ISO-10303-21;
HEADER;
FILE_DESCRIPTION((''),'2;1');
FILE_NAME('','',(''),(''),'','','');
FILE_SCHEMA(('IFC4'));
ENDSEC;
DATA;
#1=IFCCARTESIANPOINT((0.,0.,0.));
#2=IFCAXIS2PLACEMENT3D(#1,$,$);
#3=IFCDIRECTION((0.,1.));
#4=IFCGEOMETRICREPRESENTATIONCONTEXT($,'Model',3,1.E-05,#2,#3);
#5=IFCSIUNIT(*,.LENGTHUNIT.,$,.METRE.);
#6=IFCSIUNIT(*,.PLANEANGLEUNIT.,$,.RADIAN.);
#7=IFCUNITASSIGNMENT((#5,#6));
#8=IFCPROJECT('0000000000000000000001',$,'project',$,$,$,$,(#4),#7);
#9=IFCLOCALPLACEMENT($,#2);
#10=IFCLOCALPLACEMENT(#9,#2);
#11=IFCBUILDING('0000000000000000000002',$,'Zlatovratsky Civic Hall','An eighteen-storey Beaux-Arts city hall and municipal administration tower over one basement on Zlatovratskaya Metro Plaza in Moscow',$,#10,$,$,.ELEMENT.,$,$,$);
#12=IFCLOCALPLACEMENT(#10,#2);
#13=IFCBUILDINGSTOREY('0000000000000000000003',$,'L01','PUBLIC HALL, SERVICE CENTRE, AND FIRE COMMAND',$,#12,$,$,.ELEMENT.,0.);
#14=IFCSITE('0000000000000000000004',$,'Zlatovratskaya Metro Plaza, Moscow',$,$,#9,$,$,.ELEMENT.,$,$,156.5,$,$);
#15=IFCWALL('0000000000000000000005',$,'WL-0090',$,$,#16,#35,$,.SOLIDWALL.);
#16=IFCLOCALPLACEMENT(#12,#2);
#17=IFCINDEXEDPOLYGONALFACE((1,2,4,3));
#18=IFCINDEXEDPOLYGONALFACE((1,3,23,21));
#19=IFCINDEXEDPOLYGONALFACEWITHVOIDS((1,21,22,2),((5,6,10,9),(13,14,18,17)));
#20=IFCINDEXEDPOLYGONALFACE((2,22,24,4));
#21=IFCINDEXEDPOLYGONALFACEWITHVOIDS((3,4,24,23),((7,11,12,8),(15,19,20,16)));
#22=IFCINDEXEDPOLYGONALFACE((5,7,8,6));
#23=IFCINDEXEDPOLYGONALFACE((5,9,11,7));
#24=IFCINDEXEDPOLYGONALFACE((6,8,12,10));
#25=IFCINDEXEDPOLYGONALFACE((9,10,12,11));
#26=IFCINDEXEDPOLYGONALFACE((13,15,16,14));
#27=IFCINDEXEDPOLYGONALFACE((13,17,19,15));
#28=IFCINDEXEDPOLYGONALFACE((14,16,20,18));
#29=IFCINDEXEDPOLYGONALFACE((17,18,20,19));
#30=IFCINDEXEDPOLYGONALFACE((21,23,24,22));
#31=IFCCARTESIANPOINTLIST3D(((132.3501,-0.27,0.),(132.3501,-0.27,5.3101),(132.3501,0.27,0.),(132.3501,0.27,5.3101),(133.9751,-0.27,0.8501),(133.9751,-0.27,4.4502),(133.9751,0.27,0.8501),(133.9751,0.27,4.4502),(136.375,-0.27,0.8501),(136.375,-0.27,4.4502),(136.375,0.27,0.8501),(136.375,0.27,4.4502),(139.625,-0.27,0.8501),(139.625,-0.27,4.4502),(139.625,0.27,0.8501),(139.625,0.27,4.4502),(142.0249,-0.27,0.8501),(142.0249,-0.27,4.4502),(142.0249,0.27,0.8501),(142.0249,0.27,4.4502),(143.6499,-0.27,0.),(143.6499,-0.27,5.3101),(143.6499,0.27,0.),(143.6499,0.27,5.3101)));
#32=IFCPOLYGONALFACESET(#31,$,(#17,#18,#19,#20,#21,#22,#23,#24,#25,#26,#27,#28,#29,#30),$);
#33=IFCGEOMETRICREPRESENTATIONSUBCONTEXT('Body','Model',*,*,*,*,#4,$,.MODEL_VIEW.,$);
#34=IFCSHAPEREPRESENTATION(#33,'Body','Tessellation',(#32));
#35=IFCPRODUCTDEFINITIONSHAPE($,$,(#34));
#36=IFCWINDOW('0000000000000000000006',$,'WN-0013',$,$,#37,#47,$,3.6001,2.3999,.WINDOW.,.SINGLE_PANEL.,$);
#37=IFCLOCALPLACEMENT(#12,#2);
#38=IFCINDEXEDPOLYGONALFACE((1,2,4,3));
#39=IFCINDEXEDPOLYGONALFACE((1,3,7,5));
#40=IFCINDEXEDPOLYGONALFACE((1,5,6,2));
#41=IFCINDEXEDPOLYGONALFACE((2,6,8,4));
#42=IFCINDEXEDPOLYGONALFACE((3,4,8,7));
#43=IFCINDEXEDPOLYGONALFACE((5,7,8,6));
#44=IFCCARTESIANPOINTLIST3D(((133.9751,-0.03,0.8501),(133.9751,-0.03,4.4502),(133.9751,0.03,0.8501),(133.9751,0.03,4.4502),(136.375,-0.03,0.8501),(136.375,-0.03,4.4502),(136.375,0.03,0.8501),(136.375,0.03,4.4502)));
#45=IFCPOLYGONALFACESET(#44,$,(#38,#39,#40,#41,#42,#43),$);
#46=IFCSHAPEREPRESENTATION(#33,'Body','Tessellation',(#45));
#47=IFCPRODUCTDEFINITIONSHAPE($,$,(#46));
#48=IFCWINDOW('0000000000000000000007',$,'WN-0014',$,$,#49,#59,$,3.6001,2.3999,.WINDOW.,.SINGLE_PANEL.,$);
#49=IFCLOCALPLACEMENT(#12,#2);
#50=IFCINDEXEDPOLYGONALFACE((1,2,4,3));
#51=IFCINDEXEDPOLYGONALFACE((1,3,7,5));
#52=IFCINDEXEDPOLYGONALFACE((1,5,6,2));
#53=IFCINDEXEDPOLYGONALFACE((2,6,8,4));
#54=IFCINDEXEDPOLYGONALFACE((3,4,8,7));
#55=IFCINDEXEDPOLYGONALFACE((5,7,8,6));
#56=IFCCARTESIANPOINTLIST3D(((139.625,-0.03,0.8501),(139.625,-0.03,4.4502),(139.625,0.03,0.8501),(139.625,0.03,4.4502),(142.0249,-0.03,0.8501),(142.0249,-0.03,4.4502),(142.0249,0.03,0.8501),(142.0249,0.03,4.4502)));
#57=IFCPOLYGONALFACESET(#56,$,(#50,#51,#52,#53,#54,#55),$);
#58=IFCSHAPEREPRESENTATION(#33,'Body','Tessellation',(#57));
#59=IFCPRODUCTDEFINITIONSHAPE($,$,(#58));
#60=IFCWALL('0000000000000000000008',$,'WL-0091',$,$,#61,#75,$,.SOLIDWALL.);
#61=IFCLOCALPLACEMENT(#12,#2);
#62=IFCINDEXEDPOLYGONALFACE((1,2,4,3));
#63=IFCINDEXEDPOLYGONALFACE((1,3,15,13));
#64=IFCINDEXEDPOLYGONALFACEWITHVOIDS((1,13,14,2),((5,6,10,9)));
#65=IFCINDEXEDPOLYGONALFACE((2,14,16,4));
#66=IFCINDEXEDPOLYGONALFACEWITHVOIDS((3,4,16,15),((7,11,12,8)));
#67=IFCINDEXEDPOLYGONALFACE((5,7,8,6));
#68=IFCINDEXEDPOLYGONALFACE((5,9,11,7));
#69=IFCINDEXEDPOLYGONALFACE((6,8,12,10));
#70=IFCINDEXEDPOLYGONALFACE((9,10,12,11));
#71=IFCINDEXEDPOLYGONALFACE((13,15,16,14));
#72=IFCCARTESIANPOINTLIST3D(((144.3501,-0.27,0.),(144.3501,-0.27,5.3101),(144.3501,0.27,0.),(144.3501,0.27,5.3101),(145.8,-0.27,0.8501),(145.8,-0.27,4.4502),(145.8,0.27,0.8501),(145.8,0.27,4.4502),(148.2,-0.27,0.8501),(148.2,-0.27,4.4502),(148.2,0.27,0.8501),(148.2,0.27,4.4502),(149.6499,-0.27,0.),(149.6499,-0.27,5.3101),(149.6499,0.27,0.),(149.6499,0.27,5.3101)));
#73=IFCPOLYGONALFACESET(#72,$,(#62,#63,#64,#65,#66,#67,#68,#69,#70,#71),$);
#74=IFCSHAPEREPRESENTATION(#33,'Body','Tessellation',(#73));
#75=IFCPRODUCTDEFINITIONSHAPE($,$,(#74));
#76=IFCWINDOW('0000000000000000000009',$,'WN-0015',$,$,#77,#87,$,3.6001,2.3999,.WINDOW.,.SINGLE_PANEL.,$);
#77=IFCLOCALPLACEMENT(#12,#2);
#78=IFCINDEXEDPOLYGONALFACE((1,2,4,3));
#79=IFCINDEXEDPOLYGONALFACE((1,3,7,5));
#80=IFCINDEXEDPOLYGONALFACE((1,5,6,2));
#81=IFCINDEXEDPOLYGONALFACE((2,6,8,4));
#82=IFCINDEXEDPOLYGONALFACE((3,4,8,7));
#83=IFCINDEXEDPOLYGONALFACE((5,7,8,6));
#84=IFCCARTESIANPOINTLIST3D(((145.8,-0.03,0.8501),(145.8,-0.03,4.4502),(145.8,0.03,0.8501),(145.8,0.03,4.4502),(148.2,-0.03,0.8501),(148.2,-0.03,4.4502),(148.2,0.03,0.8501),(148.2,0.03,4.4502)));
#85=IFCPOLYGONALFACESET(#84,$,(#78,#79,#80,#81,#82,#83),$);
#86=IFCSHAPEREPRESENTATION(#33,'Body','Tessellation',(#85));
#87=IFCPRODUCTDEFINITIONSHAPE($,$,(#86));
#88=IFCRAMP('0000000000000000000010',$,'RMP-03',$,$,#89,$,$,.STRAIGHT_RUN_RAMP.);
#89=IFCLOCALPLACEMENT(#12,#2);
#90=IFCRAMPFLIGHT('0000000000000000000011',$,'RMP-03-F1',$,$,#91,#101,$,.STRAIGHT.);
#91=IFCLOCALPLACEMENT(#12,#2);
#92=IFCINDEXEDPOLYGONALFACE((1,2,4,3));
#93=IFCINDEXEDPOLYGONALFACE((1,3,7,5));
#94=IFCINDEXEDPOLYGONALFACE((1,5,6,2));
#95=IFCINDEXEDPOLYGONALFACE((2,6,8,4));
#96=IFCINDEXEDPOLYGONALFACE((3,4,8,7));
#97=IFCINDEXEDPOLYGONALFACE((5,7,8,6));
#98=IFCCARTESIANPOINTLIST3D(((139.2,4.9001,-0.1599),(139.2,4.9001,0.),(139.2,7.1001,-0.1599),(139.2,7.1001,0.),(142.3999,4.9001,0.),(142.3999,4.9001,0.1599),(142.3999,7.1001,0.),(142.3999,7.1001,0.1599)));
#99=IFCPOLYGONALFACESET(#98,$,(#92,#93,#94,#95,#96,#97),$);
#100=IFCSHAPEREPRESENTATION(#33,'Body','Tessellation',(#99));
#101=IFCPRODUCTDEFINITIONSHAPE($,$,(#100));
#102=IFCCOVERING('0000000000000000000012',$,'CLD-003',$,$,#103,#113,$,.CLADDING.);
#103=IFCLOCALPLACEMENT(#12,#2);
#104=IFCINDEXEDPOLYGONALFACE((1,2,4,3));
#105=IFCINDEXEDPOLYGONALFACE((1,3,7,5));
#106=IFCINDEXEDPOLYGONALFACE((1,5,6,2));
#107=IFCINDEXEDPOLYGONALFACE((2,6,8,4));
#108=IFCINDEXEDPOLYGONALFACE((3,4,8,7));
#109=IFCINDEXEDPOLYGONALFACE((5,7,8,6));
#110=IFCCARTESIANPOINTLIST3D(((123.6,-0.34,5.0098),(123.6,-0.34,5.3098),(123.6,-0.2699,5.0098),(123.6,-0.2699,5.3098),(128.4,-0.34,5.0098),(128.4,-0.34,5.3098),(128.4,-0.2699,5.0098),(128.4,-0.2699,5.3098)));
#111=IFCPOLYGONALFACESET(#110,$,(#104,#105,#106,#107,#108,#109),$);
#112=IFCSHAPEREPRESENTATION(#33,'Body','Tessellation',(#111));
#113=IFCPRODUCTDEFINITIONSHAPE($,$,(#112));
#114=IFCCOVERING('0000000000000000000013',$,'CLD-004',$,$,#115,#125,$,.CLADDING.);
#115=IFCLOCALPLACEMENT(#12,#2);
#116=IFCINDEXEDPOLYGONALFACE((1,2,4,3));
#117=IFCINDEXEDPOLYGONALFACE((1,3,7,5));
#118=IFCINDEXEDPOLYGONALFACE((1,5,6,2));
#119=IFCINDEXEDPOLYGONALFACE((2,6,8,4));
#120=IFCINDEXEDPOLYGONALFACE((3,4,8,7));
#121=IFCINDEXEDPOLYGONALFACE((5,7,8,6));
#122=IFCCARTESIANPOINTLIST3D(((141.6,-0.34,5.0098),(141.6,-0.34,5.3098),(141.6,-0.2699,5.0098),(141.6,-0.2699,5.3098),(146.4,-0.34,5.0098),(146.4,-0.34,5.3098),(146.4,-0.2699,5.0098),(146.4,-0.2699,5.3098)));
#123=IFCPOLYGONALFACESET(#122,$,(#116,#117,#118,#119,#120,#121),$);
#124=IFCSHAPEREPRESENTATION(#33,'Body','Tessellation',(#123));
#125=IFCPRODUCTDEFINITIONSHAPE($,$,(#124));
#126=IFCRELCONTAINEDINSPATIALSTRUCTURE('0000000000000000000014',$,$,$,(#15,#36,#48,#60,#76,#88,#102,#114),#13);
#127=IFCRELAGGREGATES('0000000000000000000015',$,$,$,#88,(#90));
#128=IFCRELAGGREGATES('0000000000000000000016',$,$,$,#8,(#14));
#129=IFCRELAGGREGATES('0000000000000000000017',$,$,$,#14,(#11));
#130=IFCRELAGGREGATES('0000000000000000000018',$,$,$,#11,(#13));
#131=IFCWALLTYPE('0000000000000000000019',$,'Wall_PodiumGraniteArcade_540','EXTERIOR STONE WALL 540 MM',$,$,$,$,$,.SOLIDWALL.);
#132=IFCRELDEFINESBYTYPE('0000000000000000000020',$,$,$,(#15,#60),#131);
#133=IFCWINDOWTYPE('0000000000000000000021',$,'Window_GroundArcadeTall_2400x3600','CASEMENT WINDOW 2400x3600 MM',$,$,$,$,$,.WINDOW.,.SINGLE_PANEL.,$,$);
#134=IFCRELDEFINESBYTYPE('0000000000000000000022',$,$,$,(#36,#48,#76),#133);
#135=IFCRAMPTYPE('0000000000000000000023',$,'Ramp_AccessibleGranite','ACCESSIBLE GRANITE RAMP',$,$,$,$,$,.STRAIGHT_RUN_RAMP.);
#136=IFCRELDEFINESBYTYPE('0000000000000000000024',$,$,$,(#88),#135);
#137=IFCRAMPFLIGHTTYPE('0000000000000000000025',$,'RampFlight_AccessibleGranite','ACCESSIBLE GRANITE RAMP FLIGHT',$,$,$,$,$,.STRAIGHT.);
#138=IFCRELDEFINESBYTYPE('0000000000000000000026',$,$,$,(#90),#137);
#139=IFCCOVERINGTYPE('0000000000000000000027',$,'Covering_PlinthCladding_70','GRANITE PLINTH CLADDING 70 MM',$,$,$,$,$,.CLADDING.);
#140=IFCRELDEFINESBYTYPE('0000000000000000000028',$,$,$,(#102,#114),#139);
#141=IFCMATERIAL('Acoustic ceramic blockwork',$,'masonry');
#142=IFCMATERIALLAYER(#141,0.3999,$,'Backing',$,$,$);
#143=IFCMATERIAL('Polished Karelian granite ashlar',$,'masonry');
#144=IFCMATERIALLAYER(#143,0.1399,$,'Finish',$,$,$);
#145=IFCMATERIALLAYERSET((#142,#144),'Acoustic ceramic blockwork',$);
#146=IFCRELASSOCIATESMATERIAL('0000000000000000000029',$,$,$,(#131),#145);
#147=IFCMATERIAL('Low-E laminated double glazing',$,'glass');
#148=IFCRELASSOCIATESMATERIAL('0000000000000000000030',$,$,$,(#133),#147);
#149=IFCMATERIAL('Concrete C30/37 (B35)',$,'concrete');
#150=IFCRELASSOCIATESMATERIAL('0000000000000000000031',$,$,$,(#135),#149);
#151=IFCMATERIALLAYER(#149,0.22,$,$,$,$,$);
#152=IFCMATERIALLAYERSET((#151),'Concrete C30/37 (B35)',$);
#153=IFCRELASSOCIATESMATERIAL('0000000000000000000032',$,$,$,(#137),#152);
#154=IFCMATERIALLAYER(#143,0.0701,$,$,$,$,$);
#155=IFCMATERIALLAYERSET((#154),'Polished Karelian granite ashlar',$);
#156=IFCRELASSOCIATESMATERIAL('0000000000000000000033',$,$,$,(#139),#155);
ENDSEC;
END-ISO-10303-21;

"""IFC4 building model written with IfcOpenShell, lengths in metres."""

from ifc_helpers import new_model, si_unit, direction, frame, frame_2d, origin, origin_2d, place, context, subcontext, project, spatial, polyline, rectangle, outline, extrude, material, layer, layer_set, type_object, element, fill, aggregate, save


model = new_model("IFC4")

# Units and contexts
model_context = context("Model", 3, precision=1e-05, world=origin(), true_north=direction((0.0, 1.0)))
body_context = subcontext(model_context, "Body", "Model", "MODEL_VIEW")
ifc_project = project(units=[si_unit("LENGTHUNIT", "METRE"), si_unit("PLANEANGLEUNIT", "RADIAN")], contexts=[model_context])

# Site, building, storey
site_placement = place(None, origin())
site = spatial("IfcSite", under=ifc_project, at=site_placement, Name="Zlatovratskaya Metro Plaza, Moscow", CompositionType="ELEMENT", RefElevation=156.5)
building_placement = place(site_placement, origin())
building = spatial("IfcBuilding", under=site, at=building_placement, Name="Zlatovratsky Civic Hall", Description="An eighteen-storey Beaux-Arts city hall and municipal administration tower over one basement on Zlatovratskaya Metro Plaza in Moscow", CompositionType="ELEMENT")
storey_placement = place(building_placement, origin())
storey = spatial("IfcBuildingStorey", under=building, at=storey_placement, Name="L01", Description="PUBLIC HALL, SERVICE CENTRE, AND FIRE COMMAND", CompositionType="ELEMENT", Elevation=0.0)

# Wall, openings, windows
ifc_material_1 = material(Name="Acoustic ceramic blockwork", Category="masonry")
ifc_layer_1 = layer(ifc_material_1, 0.3999, Name="Backing")
ifc_material_2 = material(Name="Polished Karelian granite ashlar", Category="masonry")
ifc_layer_2 = layer(ifc_material_2, 0.1399, Name="Finish")
ifc_layer_set_1 = layer_set([ifc_layer_1, ifc_layer_2], Name="Acoustic ceramic blockwork")
wall_type_1 = type_object("IfcWallType", Name="Wall_PodiumGraniteArcade_540", Description="EXTERIOR STONE WALL 540 MM", PredefinedType="SOLIDWALL", material=ifc_layer_set_1)
ifc_material_3 = material(Name="Low-E laminated double glazing", Category="glass")
window_type = type_object("IfcWindowType", Name="Window_GroundArcadeTall_2400x3600", Description="CASEMENT WINDOW 2400x3600 MM", PartitioningType="SINGLE_PANEL", PredefinedType="WINDOW", material=ifc_material_3)
wall_1_placement = place(storey_placement, frame((132.3501, 0.0, 0.0), z_axis=(0.0, 0.0, 1.0), x_axis=(1.0, 0.0, 0.0)))
wall_1 = element("IfcWall", 1, at=wall_1_placement, inside=storey, type_object=wall_type_1, Name="WL-0090", PredefinedType="SOLIDWALL", context=body_context, shape_type="SweptSolid", body=[
    extrude(rectangle(XDim=11.2998, YDim=0.54, at=frame_2d((5.6499, 0.0))), origin(), (0.0, 0.0, 1.0), 5.3101),
])
opening_1_placement = place(wall_1_placement, frame((1.625, 0.0, 0.8501)))
opening_1 = element("IfcOpeningElement", 2, at=opening_1_placement, cuts=wall_1, PredefinedType="OPENING", context=body_context, shape_type="SweptSolid", body=[
    extrude(rectangle(XDim=2.3999, YDim=3.6001, at=frame_2d((1.2, 1.8))), frame((0.0, 0.2849, 0.0), z_axis=(0.0, -1.0, 0.0), x_axis=(1.0, 0.0, 0.0)), (0.0, 0.0, 1.0), 0.5698),
])
opening_2_placement = place(wall_1_placement, frame((7.2749, 0.0, 0.8501)))
opening_2 = element("IfcOpeningElement", 3, at=opening_2_placement, cuts=wall_1, PredefinedType="OPENING", context=body_context, shape_type="SweptSolid", body=[
    extrude(rectangle(XDim=2.3999, YDim=3.6001, at=frame_2d((1.2, 1.8))), frame((0.0, 0.2849, 0.0), z_axis=(0.0, -1.0, 0.0), x_axis=(1.0, 0.0, 0.0)), (0.0, 0.0, 1.0), 0.5698),
])
window_1_placement = place(opening_1_placement, origin())
window_1 = element("IfcWindow", 4, at=window_1_placement, inside=storey, type_object=window_type, Name="WN-0013", OverallHeight=3.6001, OverallWidth=2.3999, PartitioningType="SINGLE_PANEL", PredefinedType="WINDOW", context=body_context, shape_type="SweptSolid", body=[
    extrude(rectangle(XDim=2.3999, YDim=3.6001, at=frame_2d((1.2, 1.8))), frame((0.0, 0.03, 0.0), z_axis=(0.0, -1.0, 0.0), x_axis=(1.0, 0.0, 0.0)), (0.0, 0.0, 1.0), 0.0601),
])
fill(opening_1, window_1)
window_2_placement = place(opening_2_placement, origin())
window_2 = element("IfcWindow", 5, at=window_2_placement, inside=storey, type_object=window_type, Name="WN-0014", OverallHeight=3.6001, OverallWidth=2.3999, PartitioningType="SINGLE_PANEL", PredefinedType="WINDOW", context=body_context, shape_type="SweptSolid", body=[
    extrude(rectangle(XDim=2.3999, YDim=3.6001, at=frame_2d((1.2, 1.8))), frame((0.0, 0.03, 0.0), z_axis=(0.0, -1.0, 0.0), x_axis=(1.0, 0.0, 0.0)), (0.0, 0.0, 1.0), 0.0601),
])
fill(opening_2, window_2)

# Wall, opening, window
wall_2_placement = place(storey_placement, frame((144.3501, 0.0, 0.0), z_axis=(0.0, 0.0, 1.0), x_axis=(1.0, 0.0, 0.0)))
wall_2 = element("IfcWall", 6, at=wall_2_placement, inside=storey, type_object=wall_type_1, Name="WL-0091", PredefinedType="SOLIDWALL", context=body_context, shape_type="SweptSolid", body=[
    extrude(rectangle(XDim=5.2998, YDim=0.54, at=frame_2d((2.6499, 0.0))), origin(), (0.0, 0.0, 1.0), 5.3101),
])
opening_3_placement = place(wall_2_placement, frame((1.45, 0.0, 0.8501)))
opening_3 = element("IfcOpeningElement", 7, at=opening_3_placement, cuts=wall_2, PredefinedType="OPENING", context=body_context, shape_type="SweptSolid", body=[
    extrude(rectangle(XDim=2.3999, YDim=3.6001, at=frame_2d((1.2, 1.8))), frame((0.0, 0.2849, 0.0), z_axis=(0.0, -1.0, 0.0), x_axis=(1.0, 0.0, 0.0)), (0.0, 0.0, 1.0), 0.5698),
])
window_3_placement = place(opening_3_placement, origin())
window_3 = element("IfcWindow", 8, at=window_3_placement, inside=storey, type_object=window_type, Name="WN-0015", OverallHeight=3.6001, OverallWidth=2.3999, PartitioningType="SINGLE_PANEL", PredefinedType="WINDOW", context=body_context, shape_type="SweptSolid", body=[
    extrude(rectangle(XDim=2.3999, YDim=3.6001, at=frame_2d((1.2, 1.8))), frame((0.0, 0.03, 0.0), z_axis=(0.0, -1.0, 0.0), x_axis=(1.0, 0.0, 0.0)), (0.0, 0.0, 1.0), 0.0601),
])
fill(opening_3, window_3)

# Ramp, ramp flight
ifc_material_4 = material(Name="Concrete C30/37 (B35)", Category="concrete")
ramp_type = type_object("IfcRampType", Name="Ramp_AccessibleGranite", Description="ACCESSIBLE GRANITE RAMP", PredefinedType="STRAIGHT_RUN_RAMP", material=ifc_material_4)
ramp_placement = place(storey_placement, origin())
ramp = element("IfcRamp", 9, at=ramp_placement, inside=storey, type_object=ramp_type, Name="RMP-03", PredefinedType="STRAIGHT_RUN_RAMP")
ifc_layer_3 = layer(ifc_material_4, 0.22)
ifc_layer_set_2 = layer_set([ifc_layer_3], Name="Concrete C30/37 (B35)")
ramp_flight_type = type_object("IfcRampFlightType", Name="RampFlight_AccessibleGranite", Description="ACCESSIBLE GRANITE RAMP FLIGHT", PredefinedType="STRAIGHT", material=ifc_layer_set_2)
ramp_flight_placement = place(storey_placement, frame((139.2, 6.0, 0.0), z_axis=(0.0, 0.0, 1.0), x_axis=(1.0, 0.0, 0.0)))
ramp_flight = element("IfcRampFlight", 10, at=ramp_flight_placement, type_object=ramp_flight_type, Name="RMP-03-F1", PredefinedType="STRAIGHT", context=body_context, shape_type="SweptSolid", body=[
    extrude(outline(polyline([(0.0, 0.0), (3.2, 0.1599), (3.2, 0.0), (0.0, -0.1599), (0.0, 0.0)])), frame((0.0, 1.1001, 0.0), z_axis=(0.0, -1.0, 0.0), x_axis=(1.0, 0.0, 0.0)), (0.0, 0.0, 1.0), 2.2),
])
aggregate(ramp, [ramp_flight])

# Coverings
ifc_layer_4 = layer(ifc_material_2, 0.0701)
ifc_layer_set_3 = layer_set([ifc_layer_4], Name="Polished Karelian granite ashlar")
covering_type = type_object("IfcCoveringType", Name="Covering_PlinthCladding_70", Description="GRANITE PLINTH CLADDING 70 MM", PredefinedType="CLADDING", material=ifc_layer_set_3)
for number, where, z_axis, x_axis, name in (
    (11, (126.0, -0.3049, 5.0098), (0.0, 0.0, 1.0), (1.0, 0.0, 0.0), "CLD-003"),
    (12, (144.0, -0.3049, 5.0098), (0.0, 0.0, 1.0), (1.0, 0.0, 0.0), "CLD-004"),
):
    element("IfcCovering", number, at=place(storey_placement, frame(where, z_axis=z_axis, x_axis=x_axis)), inside=storey, type_object=covering_type, Name=name, PredefinedType="CLADDING", context=body_context, shape_type="SweptSolid", body=[
        extrude(rectangle(XDim=4.8, YDim=0.0701, at=origin_2d()), origin(), (0.0, 0.0, 1.0), 0.3),
    ])

save(model, "model.ifc")
